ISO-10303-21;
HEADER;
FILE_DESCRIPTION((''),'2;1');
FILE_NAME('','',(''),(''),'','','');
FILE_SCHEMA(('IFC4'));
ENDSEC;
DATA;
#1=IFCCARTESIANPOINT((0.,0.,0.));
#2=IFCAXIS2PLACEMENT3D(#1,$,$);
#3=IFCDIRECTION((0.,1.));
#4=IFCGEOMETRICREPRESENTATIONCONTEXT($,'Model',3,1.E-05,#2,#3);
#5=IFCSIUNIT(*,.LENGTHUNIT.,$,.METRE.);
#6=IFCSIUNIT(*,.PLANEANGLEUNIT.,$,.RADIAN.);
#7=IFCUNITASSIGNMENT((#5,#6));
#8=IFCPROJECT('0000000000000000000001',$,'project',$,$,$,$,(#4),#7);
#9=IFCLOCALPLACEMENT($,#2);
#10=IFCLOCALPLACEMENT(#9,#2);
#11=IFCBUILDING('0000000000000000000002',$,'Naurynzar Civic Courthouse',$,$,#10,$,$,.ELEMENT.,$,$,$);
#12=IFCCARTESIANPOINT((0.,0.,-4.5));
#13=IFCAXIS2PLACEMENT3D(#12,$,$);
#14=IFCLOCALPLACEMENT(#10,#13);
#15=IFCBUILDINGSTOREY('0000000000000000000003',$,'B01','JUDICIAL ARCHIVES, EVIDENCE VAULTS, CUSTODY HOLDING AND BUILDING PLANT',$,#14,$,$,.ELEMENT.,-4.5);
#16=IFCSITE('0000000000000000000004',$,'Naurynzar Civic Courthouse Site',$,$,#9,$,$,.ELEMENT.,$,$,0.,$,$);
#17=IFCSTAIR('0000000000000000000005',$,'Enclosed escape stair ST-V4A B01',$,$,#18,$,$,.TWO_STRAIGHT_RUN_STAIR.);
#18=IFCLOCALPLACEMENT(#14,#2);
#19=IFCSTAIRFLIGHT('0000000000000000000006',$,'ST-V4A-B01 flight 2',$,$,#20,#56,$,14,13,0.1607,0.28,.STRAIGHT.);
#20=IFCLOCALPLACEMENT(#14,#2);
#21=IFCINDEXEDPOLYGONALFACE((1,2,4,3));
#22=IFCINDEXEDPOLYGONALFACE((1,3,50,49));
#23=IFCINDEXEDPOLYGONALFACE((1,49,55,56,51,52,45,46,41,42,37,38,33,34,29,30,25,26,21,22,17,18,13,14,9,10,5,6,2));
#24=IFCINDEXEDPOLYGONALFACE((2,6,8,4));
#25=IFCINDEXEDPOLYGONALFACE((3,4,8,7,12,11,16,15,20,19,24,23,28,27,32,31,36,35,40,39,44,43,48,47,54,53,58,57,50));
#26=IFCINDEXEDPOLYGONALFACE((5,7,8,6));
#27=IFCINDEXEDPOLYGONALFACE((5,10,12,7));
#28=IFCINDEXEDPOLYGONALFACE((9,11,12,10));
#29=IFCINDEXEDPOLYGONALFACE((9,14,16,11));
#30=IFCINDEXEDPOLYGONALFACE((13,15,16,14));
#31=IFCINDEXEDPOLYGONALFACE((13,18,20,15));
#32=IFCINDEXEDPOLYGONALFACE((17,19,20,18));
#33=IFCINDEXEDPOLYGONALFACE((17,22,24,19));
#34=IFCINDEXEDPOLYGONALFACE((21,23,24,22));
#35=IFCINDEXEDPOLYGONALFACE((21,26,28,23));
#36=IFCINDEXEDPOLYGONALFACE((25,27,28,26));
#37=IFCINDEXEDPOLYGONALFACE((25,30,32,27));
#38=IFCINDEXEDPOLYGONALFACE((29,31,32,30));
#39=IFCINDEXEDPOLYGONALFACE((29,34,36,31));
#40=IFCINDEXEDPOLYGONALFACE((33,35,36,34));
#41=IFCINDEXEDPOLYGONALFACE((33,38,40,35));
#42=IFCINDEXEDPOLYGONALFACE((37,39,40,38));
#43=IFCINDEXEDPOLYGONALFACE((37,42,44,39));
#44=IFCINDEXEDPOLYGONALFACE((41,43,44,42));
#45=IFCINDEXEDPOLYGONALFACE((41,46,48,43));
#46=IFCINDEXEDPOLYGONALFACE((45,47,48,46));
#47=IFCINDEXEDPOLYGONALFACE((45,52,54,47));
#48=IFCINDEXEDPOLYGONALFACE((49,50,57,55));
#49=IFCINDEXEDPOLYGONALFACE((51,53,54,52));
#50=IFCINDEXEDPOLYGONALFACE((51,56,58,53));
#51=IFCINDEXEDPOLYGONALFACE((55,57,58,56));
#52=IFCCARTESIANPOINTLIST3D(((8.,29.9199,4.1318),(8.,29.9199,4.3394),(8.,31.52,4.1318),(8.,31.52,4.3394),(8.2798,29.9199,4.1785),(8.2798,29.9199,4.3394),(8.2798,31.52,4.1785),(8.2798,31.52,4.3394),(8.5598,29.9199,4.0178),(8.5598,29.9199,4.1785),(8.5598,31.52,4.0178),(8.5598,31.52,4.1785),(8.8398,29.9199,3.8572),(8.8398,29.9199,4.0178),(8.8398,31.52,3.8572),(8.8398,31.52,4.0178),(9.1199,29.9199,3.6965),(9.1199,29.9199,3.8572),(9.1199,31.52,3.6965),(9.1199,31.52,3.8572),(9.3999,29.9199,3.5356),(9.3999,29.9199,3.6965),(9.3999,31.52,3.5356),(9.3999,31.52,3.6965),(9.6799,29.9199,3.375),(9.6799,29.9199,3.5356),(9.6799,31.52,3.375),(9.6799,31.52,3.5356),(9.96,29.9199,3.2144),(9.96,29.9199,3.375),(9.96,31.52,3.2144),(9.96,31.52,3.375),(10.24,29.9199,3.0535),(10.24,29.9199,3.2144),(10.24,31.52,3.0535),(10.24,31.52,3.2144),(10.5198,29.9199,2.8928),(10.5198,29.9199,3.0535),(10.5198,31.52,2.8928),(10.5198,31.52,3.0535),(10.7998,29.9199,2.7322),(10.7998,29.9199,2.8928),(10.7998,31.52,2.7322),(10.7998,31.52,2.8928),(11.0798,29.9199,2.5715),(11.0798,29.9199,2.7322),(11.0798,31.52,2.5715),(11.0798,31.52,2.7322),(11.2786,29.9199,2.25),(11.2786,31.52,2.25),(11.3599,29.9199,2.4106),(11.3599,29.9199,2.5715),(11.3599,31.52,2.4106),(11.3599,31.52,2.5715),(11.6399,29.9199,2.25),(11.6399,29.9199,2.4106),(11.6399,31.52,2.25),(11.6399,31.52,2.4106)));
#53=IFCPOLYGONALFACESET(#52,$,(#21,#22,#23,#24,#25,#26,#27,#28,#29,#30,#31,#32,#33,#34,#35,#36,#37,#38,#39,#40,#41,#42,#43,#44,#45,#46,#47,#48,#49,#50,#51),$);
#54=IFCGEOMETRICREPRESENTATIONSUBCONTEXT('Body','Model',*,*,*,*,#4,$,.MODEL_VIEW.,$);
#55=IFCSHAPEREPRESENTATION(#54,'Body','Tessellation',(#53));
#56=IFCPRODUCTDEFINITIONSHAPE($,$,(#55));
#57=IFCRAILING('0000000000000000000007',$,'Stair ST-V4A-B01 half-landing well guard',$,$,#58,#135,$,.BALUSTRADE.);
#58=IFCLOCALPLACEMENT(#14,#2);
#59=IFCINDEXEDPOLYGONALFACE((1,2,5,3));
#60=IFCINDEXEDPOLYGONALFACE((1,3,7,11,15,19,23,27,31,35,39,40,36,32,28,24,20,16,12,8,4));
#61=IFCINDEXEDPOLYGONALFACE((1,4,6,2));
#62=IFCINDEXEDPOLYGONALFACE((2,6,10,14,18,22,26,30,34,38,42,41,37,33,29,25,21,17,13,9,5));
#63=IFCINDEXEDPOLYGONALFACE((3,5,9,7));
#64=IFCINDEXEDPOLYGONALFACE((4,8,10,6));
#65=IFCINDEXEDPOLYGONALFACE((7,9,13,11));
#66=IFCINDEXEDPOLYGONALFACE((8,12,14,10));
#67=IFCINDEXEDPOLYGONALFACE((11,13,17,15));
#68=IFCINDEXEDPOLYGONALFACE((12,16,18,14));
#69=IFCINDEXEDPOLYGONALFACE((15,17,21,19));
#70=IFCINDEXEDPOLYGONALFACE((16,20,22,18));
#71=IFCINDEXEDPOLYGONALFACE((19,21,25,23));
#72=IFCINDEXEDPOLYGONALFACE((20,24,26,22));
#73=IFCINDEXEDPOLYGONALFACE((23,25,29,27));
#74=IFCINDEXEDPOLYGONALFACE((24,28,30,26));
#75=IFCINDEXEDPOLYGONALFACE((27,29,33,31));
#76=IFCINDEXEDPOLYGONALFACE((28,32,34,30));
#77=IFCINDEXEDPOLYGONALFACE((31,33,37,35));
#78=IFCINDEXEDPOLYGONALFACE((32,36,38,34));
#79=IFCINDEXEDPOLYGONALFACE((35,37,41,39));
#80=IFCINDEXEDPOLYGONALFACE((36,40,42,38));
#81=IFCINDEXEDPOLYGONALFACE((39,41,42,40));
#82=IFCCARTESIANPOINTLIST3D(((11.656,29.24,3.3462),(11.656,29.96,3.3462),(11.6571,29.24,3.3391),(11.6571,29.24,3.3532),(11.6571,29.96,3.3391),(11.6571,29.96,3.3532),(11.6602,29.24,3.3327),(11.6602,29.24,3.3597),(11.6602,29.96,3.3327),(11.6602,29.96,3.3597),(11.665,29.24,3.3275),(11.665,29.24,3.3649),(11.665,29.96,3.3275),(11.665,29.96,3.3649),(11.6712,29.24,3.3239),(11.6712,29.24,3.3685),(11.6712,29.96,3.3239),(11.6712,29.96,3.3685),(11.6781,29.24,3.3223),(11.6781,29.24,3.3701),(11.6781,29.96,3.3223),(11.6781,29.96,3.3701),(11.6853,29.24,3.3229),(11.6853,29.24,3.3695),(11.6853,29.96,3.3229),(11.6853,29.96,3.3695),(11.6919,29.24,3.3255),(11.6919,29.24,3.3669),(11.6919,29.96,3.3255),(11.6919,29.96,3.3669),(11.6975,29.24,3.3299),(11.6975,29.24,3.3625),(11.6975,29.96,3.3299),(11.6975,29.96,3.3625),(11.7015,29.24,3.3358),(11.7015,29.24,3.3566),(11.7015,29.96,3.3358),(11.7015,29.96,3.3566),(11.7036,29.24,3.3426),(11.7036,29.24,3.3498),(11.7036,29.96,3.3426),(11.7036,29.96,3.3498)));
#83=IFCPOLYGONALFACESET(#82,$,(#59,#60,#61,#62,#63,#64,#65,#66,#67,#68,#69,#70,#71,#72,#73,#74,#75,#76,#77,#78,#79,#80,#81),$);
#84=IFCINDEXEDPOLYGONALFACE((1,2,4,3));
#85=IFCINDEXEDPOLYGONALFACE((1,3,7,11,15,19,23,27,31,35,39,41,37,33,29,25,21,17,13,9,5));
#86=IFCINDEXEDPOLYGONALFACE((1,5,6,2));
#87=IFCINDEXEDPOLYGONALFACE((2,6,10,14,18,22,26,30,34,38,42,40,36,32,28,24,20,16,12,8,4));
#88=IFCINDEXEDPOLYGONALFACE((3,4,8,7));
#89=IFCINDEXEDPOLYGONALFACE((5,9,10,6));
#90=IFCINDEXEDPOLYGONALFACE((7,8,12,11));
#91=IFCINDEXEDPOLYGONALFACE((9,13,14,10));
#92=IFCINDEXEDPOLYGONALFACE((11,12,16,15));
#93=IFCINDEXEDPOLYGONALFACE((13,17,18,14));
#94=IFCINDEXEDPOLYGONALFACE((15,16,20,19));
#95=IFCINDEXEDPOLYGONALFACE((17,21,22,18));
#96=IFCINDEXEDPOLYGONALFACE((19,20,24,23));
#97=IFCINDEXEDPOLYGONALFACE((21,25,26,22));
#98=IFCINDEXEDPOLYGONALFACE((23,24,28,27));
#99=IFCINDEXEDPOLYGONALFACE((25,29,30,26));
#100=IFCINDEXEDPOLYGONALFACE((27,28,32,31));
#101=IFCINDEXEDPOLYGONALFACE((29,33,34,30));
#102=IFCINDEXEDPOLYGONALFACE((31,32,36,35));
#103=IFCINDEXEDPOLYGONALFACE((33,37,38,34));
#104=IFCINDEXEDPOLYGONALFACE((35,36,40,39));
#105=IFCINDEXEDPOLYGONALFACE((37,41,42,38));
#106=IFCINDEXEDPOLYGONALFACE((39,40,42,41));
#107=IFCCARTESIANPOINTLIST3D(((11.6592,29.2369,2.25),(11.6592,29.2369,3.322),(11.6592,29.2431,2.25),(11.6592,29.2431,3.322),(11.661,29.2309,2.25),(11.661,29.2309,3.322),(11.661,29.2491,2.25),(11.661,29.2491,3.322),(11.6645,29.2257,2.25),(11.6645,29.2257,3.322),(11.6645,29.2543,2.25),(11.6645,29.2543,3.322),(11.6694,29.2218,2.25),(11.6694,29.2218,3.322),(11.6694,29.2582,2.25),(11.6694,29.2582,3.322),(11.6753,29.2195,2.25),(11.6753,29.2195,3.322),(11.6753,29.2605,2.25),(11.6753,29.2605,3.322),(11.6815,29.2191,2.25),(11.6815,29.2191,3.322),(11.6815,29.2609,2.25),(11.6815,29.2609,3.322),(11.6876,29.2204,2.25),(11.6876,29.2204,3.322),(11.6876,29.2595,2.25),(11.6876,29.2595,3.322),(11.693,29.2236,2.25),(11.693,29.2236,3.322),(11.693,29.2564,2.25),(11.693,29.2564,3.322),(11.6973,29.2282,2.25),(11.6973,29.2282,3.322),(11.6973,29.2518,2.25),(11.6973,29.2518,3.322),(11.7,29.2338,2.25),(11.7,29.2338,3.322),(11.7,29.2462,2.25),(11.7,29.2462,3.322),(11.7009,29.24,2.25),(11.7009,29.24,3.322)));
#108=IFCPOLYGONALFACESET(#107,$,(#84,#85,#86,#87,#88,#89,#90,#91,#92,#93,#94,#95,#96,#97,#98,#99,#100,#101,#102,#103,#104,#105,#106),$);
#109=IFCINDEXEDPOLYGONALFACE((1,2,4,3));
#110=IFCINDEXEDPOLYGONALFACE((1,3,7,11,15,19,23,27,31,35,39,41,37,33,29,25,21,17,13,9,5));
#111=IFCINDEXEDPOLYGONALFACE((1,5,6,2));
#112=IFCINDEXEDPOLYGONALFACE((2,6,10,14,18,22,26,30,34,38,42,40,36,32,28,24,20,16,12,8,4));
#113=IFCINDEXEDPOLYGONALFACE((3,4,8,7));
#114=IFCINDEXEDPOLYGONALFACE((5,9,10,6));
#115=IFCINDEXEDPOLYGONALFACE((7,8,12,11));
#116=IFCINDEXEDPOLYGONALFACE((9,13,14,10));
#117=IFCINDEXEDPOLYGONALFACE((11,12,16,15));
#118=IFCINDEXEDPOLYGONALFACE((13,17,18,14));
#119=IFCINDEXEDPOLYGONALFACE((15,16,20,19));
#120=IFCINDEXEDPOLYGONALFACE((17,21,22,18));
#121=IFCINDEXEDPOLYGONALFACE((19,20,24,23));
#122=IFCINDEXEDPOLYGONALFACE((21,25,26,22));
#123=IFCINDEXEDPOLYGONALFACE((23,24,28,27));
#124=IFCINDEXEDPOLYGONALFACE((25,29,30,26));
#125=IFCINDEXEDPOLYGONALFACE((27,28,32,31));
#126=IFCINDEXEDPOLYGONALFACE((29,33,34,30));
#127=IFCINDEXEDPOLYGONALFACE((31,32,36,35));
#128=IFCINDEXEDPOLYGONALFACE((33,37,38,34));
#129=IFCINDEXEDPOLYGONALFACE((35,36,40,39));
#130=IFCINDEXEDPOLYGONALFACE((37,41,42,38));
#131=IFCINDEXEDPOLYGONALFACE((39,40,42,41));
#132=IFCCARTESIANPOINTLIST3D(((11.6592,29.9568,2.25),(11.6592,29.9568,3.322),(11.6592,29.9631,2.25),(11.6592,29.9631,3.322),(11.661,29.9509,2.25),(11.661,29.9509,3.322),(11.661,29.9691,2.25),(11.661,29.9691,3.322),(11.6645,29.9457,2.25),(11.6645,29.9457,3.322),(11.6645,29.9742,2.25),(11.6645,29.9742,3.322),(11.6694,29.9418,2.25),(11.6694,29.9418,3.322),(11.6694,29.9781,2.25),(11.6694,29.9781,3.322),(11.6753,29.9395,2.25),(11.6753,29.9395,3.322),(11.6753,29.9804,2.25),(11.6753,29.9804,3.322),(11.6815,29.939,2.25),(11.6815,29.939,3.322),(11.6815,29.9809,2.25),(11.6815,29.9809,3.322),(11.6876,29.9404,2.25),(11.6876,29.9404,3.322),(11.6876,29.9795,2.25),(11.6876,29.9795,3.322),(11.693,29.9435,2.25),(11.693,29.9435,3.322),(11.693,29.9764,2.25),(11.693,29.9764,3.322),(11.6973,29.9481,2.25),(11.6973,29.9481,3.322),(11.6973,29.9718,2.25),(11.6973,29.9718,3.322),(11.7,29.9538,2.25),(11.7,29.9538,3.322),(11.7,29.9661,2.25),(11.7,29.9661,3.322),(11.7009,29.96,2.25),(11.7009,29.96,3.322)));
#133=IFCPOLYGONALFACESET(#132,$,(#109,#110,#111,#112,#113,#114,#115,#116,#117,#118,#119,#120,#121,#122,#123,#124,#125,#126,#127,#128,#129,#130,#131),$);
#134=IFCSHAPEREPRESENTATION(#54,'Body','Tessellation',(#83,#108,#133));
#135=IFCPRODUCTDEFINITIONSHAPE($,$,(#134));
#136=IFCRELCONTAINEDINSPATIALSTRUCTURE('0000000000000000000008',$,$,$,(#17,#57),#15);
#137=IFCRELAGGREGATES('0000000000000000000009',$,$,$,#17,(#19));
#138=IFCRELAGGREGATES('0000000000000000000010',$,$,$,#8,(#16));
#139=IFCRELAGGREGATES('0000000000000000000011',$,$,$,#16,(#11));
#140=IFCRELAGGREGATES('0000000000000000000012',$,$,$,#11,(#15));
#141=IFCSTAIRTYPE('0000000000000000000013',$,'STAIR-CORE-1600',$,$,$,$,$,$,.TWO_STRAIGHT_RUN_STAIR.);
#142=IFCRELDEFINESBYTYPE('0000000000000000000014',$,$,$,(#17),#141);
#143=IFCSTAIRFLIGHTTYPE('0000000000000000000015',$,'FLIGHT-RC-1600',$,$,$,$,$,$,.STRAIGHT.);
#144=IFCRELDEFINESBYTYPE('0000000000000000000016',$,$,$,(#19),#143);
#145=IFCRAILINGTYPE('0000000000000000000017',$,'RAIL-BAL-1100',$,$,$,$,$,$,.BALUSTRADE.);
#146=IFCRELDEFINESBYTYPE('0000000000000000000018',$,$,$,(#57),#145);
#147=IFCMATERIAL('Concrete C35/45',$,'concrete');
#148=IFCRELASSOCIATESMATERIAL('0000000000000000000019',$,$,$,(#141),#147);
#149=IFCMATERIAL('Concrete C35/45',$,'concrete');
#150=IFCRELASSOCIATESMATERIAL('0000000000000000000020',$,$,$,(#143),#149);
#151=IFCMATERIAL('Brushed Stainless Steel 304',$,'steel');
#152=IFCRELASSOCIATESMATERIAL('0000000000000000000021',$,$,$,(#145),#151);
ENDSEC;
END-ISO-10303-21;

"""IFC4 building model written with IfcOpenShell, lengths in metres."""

from ifc_helpers import new_model, si_unit, direction, frame, origin, origin_2d, place, context, subcontext, project, spatial, polyline, circle, outline, extrude, material, type_object, element, aggregate, save


model = new_model("IFC4")

# Units and contexts
model_context = context("Model", 3, precision=1e-05, world=origin(), true_north=direction((0.0, 1.0)))
body_context = subcontext(model_context, "Body", "Model", "MODEL_VIEW")
ifc_project = project(units=[si_unit("LENGTHUNIT", "METRE"), si_unit("PLANEANGLEUNIT", "RADIAN")], contexts=[model_context])

# Site, building, storey
site_placement = place(None, origin())
site = spatial("IfcSite", under=ifc_project, at=site_placement, Name="Naurynzar Civic Courthouse Site", CompositionType="ELEMENT", RefElevation=0.0)
building_placement = place(site_placement, origin())
building = spatial("IfcBuilding", under=site, at=building_placement, Name="Naurynzar Civic Courthouse", CompositionType="ELEMENT")
storey_placement = place(building_placement, frame((0.0, 0.0, -4.5)))
storey = spatial("IfcBuildingStorey", under=building, at=storey_placement, Name="B01", Description="JUDICIAL ARCHIVES, EVIDENCE VAULTS, CUSTODY HOLDING AND BUILDING PLANT", CompositionType="ELEMENT", Elevation=-4.5)

# Stair, stair flight
ifc_material_1 = material(Name="Concrete C35/45", Category="concrete")
stair_type = type_object("IfcStairType", Name="STAIR-CORE-1600", PredefinedType="TWO_STRAIGHT_RUN_STAIR", material=ifc_material_1)
stair_placement = place(storey_placement, origin())
stair = element("IfcStair", 1, at=stair_placement, inside=storey, type_object=stair_type, Name="Enclosed escape stair ST-V4A B01", PredefinedType="TWO_STRAIGHT_RUN_STAIR")
ifc_material_2 = material(Name="Concrete C35/45", Category="concrete")
stair_flight_type = type_object("IfcStairFlightType", Name="FLIGHT-RC-1600", PredefinedType="STRAIGHT", material=ifc_material_2)
stair_flight_1_placement = place(storey_placement, frame((11.6399, 30.72, 2.25), z_axis=(0.0, 0.0, 1.0), x_axis=(-1.0, 0.0, 0.0)))
stair_flight_1 = element("IfcStairFlight", 2, at=stair_flight_1_placement, type_object=stair_flight_type, Name="ST-V4A-B01 flight 2", NumberOfRisers=14, NumberOfTreads=13, PredefinedType="STRAIGHT", RiserHeight=0.1607, TreadLength=0.28, context=body_context, shape_type="SweptSolid", body=[
    extrude(outline(polyline([(0.0, 0.0), (0.0, 0.1606), (0.28, 0.1606), (0.28, 0.3215), (0.5601, 0.3215), (0.5601, 0.4822), (0.8401, 0.4822), (0.8401, 0.6428), (1.1201, 0.6428), (1.1201, 0.8035), (1.3999, 0.8035), (1.3999, 0.9644), (1.6799, 0.9644), (1.6799, 1.125), (1.96, 1.125), (1.96, 1.2856), (2.24, 1.2856), (2.24, 1.4465), (2.52, 1.4465), (2.52, 1.6072), (2.8, 1.6072), (2.8, 1.7678), (3.0801, 1.7678), (3.0801, 1.9285), (3.3601, 1.9285), (3.3601, 2.0894), (3.6399, 2.0894), (3.6399, 2.25), (3.6399, 1.8818), (0.3613, 0.0), (0.0, 0.0)])), frame((0.0, 0.8, 0.0), z_axis=(0.0, -1.0, 0.0), x_axis=(1.0, 0.0, 0.0)), (0.0, 0.0, 1.0), 1.6001),
])
aggregate(stair, [stair_flight_1])

# Railing
ifc_material_3 = material(Name="Brushed Stainless Steel 304", Category="steel")
railing_type_1 = type_object("IfcRailingType", Name="RAIL-BAL-1100", PredefinedType="BALUSTRADE", material=ifc_material_3)
railing_1_placement = place(storey_placement, frame((11.6799, 29.24, 2.25)))
element("IfcRailing", 3, at=railing_1_placement, inside=storey, type_object=railing_type_1, Name="Stair ST-V4A-B01 half-landing well guard", PredefinedType="BALUSTRADE", context=body_context, shape_type="SweptSolid", body=[
    extrude(circle(Radius=0.0239, at=origin_2d()), frame((0.0, 0.0, 1.0962), z_axis=(0.0, 1.0, 0.0), x_axis=(-1.0, 0.0, 0.0)), (0.0, 0.0, 1.0), 0.72),
    extrude(circle(Radius=0.021, at=origin_2d()), origin(), (0.0, 0.0, 1.0), 1.072),
    extrude(circle(Radius=0.021, at=origin_2d()), frame((0.0, 0.72, 0.0)), (0.0, 0.0, 1.0), 1.072),
])

save(model, "model.ifc")
